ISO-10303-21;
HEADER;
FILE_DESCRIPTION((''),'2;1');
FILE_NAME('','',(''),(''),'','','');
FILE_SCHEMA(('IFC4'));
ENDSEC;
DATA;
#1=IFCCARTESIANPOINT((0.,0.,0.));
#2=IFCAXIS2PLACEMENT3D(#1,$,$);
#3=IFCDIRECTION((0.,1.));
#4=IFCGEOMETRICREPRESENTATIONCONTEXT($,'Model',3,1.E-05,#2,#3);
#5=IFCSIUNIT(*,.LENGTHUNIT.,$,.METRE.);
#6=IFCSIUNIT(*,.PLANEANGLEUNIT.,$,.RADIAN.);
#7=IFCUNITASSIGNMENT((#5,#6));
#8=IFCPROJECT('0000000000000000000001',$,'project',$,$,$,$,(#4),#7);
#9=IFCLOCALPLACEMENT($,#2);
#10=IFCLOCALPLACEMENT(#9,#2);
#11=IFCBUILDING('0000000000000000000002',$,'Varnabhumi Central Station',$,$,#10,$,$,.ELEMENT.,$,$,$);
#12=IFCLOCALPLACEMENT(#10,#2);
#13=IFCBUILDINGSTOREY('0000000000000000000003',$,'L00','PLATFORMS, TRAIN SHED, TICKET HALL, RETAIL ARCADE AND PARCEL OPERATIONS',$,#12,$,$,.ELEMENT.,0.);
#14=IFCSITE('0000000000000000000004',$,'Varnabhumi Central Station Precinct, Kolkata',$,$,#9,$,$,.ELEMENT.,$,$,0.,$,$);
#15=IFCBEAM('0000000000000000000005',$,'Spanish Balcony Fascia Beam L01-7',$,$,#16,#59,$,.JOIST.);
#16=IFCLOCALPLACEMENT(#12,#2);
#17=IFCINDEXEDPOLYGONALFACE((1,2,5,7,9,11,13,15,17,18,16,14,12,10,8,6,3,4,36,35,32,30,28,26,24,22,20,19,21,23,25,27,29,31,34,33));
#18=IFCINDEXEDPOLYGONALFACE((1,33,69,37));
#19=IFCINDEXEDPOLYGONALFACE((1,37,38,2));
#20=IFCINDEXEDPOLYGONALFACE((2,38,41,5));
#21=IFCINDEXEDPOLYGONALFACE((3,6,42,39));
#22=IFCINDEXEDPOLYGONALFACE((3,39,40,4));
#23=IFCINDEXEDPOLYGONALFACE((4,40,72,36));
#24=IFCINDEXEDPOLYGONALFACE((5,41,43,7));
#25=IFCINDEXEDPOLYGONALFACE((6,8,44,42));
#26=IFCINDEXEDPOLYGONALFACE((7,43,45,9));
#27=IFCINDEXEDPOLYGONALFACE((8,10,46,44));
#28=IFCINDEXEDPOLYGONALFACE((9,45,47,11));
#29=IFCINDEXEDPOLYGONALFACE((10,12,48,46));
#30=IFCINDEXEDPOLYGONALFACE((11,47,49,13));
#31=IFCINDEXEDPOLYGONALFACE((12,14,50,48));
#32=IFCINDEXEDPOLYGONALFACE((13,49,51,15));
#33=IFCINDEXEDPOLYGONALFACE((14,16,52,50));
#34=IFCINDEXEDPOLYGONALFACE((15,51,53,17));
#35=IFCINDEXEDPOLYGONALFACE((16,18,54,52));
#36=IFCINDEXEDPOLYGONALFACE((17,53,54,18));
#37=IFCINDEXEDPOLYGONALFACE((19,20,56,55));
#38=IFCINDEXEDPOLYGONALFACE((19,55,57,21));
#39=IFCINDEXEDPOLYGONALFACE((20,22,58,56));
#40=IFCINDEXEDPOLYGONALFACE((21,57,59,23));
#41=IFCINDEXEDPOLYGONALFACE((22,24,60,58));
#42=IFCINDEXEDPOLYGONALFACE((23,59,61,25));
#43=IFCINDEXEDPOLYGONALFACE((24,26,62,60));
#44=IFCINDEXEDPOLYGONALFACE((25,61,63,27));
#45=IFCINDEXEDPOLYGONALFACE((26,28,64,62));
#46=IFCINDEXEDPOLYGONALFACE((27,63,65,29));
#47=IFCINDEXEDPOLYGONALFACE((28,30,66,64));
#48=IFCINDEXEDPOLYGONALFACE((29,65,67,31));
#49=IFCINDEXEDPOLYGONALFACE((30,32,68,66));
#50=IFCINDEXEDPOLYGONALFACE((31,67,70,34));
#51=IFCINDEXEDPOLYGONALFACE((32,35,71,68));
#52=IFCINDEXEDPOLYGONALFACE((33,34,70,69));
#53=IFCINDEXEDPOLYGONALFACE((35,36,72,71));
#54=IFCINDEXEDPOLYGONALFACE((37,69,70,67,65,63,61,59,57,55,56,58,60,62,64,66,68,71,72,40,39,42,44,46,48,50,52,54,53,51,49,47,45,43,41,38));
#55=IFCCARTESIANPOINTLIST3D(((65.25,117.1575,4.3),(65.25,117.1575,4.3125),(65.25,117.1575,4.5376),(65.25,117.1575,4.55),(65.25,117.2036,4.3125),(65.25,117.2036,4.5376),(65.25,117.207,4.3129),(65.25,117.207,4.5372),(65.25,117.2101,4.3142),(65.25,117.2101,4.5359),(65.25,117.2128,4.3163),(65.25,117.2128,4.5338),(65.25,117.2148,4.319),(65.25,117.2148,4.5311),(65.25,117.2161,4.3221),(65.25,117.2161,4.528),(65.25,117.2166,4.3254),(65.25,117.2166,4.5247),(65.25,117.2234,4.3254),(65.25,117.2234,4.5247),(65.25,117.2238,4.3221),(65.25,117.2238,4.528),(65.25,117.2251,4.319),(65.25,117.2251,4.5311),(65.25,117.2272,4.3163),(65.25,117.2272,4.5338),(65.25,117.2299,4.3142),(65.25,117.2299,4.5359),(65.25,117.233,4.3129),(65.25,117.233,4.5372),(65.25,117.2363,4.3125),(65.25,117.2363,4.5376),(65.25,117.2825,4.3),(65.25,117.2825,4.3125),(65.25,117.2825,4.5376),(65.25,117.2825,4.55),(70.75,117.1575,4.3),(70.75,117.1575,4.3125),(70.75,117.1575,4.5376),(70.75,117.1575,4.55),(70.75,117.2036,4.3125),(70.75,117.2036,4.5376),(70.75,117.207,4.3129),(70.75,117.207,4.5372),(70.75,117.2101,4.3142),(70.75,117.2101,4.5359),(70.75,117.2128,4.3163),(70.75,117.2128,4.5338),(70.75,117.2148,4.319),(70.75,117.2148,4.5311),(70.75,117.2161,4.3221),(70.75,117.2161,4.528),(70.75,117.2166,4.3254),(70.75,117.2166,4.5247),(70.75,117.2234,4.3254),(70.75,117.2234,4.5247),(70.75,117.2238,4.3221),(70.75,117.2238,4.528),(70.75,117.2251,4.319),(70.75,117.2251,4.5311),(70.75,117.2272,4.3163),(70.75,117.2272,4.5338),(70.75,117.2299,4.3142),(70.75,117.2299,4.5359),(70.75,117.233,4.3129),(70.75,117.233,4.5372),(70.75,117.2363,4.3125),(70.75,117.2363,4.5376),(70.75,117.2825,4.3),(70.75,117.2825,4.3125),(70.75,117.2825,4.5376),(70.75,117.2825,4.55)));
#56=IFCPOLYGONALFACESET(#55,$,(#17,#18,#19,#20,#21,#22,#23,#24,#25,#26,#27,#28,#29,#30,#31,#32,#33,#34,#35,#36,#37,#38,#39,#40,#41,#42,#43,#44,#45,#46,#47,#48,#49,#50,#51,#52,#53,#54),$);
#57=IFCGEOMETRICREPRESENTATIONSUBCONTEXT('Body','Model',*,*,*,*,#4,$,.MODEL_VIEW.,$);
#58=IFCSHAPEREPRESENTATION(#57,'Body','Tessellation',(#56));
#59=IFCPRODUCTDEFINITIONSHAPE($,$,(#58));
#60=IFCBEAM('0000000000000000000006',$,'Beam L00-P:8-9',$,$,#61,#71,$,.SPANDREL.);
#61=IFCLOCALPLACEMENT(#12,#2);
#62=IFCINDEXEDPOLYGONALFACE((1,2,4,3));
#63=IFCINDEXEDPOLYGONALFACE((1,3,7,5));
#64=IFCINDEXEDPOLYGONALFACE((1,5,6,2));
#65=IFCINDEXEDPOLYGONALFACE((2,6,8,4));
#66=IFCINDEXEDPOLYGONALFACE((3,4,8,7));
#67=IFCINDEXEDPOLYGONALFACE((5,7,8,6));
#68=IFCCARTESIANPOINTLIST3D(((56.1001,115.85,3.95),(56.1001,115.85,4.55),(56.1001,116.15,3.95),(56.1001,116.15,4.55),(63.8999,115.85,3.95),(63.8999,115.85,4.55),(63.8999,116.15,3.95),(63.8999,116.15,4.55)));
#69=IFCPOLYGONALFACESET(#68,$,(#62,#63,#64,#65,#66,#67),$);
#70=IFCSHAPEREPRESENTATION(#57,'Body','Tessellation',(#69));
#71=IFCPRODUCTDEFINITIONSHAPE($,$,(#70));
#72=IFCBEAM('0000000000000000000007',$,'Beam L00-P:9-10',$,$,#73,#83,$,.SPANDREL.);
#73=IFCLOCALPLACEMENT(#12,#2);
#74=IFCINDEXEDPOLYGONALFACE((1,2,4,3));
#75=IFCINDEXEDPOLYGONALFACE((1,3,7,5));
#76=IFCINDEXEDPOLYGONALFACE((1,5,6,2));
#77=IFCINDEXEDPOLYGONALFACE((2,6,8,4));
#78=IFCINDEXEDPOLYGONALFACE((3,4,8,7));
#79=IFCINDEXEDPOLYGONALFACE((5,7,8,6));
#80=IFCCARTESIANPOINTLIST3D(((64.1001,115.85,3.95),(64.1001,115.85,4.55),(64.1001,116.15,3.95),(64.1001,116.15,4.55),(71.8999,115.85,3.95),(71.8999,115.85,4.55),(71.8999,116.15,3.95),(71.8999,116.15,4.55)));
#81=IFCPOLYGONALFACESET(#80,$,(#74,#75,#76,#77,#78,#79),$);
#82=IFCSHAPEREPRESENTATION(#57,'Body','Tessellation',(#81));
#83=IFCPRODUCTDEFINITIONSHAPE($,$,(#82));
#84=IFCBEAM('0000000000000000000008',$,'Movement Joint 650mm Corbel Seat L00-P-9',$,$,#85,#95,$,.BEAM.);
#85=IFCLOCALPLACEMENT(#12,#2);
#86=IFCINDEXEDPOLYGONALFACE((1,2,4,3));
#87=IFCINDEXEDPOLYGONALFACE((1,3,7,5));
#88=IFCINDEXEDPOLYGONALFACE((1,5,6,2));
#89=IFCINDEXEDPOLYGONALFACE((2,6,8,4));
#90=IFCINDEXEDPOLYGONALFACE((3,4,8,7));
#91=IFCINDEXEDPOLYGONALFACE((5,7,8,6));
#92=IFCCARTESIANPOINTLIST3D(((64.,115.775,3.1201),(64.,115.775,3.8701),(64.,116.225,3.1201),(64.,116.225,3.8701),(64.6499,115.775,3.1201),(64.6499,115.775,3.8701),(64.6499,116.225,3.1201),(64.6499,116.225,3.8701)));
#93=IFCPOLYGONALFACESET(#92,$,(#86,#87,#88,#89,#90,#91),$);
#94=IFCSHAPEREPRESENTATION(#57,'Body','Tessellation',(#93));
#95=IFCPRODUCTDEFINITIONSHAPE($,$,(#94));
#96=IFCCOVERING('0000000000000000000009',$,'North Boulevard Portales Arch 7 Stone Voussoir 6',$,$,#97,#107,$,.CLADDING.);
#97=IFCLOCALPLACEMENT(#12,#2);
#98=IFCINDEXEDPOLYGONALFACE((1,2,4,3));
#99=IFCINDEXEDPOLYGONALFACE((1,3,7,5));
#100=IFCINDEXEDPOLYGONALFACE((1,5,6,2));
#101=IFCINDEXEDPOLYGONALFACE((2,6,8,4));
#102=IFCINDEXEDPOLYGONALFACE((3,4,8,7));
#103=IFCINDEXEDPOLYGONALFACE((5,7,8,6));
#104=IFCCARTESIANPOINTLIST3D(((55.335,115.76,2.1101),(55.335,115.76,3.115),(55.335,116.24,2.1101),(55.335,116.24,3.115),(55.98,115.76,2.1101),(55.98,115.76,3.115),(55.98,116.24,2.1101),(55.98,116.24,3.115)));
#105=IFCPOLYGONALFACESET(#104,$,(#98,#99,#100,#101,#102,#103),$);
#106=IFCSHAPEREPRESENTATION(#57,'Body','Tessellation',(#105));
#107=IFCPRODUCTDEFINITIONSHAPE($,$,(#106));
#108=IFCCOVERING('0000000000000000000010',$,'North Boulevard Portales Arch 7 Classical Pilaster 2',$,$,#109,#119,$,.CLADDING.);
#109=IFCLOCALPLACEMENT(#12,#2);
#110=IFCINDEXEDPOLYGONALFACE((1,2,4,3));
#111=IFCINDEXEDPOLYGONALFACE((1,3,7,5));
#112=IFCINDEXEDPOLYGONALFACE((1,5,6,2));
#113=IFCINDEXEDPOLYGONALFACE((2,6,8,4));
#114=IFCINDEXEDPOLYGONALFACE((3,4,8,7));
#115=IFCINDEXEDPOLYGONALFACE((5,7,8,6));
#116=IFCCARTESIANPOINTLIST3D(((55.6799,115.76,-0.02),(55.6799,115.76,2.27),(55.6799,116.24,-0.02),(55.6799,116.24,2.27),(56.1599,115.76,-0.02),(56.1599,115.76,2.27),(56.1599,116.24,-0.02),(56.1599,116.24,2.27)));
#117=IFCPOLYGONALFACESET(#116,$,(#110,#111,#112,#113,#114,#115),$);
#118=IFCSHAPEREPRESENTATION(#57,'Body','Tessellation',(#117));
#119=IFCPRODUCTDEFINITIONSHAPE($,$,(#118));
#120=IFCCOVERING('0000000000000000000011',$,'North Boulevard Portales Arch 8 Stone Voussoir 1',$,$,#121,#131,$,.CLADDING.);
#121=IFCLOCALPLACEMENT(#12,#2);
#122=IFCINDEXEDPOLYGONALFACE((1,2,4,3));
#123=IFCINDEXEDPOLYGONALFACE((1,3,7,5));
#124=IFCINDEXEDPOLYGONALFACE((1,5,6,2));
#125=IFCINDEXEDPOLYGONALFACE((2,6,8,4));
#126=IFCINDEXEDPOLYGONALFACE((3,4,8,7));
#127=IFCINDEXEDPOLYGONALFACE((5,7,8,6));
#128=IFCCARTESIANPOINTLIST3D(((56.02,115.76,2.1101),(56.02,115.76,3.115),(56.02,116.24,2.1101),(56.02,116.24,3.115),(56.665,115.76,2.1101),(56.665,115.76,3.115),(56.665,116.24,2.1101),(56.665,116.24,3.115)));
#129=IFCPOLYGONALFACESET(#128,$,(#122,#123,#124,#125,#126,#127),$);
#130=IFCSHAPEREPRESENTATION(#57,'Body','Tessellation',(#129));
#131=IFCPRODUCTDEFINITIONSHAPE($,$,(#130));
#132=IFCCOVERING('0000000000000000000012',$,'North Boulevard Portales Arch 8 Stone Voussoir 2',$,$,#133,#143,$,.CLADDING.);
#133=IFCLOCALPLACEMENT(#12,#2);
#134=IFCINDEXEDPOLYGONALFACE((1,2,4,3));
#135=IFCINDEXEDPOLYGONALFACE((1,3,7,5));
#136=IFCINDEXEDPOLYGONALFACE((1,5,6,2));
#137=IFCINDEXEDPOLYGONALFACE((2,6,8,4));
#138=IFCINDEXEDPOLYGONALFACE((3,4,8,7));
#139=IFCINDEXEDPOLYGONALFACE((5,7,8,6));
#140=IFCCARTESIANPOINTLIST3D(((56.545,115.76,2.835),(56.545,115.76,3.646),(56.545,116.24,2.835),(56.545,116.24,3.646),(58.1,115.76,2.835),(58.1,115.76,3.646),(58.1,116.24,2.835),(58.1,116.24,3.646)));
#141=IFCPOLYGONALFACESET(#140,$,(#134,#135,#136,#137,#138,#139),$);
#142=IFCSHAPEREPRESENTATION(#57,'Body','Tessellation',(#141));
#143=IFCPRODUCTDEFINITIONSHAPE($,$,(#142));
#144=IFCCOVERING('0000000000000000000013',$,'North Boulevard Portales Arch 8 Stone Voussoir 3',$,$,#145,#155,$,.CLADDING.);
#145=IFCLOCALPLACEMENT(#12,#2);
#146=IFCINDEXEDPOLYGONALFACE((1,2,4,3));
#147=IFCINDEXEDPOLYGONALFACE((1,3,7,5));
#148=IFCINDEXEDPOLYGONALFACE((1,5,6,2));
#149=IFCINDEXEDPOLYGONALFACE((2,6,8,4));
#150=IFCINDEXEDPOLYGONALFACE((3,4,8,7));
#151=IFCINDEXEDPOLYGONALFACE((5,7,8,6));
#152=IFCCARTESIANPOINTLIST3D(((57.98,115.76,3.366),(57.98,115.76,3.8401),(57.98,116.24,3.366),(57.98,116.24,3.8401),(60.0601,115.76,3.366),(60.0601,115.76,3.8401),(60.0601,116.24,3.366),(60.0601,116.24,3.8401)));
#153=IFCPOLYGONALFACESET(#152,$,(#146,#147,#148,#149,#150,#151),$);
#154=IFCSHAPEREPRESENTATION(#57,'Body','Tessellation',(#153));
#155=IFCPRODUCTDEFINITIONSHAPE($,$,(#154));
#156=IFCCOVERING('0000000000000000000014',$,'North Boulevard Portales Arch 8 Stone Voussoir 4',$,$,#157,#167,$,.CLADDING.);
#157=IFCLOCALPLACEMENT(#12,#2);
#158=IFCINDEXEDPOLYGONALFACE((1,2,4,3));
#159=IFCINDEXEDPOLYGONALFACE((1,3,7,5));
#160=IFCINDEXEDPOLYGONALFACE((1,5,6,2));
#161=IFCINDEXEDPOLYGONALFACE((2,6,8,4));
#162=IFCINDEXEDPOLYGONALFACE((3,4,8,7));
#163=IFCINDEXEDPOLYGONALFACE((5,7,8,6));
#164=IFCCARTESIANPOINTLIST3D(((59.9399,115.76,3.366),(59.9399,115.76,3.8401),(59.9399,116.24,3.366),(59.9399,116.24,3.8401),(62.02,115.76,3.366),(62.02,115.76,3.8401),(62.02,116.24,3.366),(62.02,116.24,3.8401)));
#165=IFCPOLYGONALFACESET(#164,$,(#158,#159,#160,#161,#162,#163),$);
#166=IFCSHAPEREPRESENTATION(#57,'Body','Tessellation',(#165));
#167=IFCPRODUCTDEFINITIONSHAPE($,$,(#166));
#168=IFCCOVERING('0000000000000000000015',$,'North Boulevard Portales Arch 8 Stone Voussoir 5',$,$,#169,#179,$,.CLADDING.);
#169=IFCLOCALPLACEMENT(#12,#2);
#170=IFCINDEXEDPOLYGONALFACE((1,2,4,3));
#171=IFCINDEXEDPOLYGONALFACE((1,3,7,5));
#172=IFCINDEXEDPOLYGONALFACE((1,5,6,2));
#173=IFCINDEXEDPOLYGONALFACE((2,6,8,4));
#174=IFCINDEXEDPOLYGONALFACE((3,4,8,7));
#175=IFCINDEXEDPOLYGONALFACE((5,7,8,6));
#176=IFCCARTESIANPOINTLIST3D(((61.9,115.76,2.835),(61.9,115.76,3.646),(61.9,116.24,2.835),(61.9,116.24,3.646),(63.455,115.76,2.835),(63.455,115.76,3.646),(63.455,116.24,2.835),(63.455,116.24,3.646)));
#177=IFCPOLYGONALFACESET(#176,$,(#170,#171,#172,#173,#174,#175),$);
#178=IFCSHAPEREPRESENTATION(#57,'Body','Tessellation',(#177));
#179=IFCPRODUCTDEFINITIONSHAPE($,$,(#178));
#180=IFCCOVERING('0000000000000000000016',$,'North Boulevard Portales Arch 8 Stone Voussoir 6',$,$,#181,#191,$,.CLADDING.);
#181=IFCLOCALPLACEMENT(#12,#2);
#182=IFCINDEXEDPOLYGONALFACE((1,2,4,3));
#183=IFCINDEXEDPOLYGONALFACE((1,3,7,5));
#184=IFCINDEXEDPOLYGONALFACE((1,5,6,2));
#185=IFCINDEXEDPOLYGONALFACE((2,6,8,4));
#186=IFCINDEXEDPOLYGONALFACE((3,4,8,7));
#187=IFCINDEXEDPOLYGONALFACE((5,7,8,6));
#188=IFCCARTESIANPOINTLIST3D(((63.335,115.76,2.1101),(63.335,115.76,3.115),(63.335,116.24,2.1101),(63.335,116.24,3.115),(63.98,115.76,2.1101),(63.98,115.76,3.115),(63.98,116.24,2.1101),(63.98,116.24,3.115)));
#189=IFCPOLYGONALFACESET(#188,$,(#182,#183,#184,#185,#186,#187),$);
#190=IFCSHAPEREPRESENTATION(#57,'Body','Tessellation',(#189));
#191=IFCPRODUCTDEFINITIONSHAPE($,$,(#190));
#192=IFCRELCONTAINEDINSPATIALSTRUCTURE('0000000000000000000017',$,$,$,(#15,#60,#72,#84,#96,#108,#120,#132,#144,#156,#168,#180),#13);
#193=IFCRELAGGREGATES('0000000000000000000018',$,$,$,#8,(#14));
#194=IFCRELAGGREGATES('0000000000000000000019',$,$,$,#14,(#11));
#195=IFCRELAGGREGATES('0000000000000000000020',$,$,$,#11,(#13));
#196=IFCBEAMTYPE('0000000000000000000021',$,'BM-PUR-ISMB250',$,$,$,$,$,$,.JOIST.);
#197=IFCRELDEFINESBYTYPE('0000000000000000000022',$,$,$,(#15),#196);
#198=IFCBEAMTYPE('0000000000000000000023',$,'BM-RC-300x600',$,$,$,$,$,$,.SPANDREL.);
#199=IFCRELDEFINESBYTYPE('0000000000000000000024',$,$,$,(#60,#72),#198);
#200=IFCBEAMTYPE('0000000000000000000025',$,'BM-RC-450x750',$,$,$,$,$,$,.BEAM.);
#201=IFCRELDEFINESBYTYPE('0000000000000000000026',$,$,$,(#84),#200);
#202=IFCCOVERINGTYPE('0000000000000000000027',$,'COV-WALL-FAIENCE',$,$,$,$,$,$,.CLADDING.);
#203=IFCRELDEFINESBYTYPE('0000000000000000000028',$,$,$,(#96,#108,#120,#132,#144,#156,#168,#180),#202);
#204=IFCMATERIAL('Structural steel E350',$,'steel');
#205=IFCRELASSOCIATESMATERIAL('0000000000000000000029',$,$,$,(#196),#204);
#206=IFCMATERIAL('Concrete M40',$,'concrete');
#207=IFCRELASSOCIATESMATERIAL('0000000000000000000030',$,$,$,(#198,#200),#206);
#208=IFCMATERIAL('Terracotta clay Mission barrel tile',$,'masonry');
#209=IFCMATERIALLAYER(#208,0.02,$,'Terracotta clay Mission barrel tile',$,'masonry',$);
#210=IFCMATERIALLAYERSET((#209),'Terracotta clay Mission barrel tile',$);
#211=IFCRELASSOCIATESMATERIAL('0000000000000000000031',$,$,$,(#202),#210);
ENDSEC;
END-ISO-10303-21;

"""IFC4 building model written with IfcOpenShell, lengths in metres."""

from ifc_helpers import new_model, si_unit, direction, frame, origin, origin_2d, place, context, subcontext, project, spatial, rectangle, i_section, extrude, material, layer, layer_set, material_profile, profile_set, type_object, element, save


model = new_model("IFC4")

# Units and contexts
model_context = context("Model", 3, precision=1e-05, world=origin(), true_north=direction((0.0, 1.0)))
body_context = subcontext(model_context, "Body", "Model", "MODEL_VIEW")
ifc_project = project(units=[si_unit("LENGTHUNIT", "METRE"), si_unit("PLANEANGLEUNIT", "RADIAN")], contexts=[model_context])

# Site, building, storey
site_placement = place(None, origin())
site = spatial("IfcSite", under=ifc_project, at=site_placement, Name="Varnabhumi Central Station Precinct, Kolkata", CompositionType="ELEMENT", RefElevation=0.0)
building_placement = place(site_placement, origin())
building = spatial("IfcBuilding", under=site, at=building_placement, Name="Varnabhumi Central Station", CompositionType="ELEMENT")
storey_placement = place(building_placement, origin())
storey = spatial("IfcBuildingStorey", under=building, at=storey_placement, Name="L00", Description="PLATFORMS, TRAIN SHED, TICKET HALL, RETAIL ARCADE AND PARCEL OPERATIONS", CompositionType="ELEMENT", Elevation=0.0)

# Shared definitions
ifc_material_1 = material(Name="Concrete M40", Category="concrete")

# Shared definitions
ifc_material_2 = material(Name="Structural steel E350", Category="steel")

# Beams
ifc_material_profile_1 = material_profile(ifc_material_2, i_section(OverallWidth=0.125, OverallDepth=0.25, WebThickness=0.0068, FlangeThickness=0.0125, FilletRadius=0.0129, at=origin_2d()), Name="Structural steel E350", Category="steel")
ifc_profile_set_1 = profile_set([ifc_material_profile_1], Name="Structural steel E350")
beam_type_1 = type_object("IfcBeamType", Name="BM-PUR-ISMB250", PredefinedType="JOIST", material=ifc_profile_set_1)
beam_1_placement = place(storey_placement, frame((65.25, 117.22, 4.425), z_axis=(1.0, 0.0, 0.0), x_axis=(0.0, 1.0, 0.0)))
element("IfcBeam", 1, at=beam_1_placement, inside=storey, type_object=beam_type_1, Name="Spanish Balcony Fascia Beam L01-7", PredefinedType="JOIST", context=body_context, shape_type="SweptSolid", body=[
    extrude(i_section(OverallWidth=0.125, OverallDepth=0.25, WebThickness=0.0068, FlangeThickness=0.0125, FilletRadius=0.0129, at=origin_2d()), origin(), (0.0, 0.0, 1.0), 5.5),
])
ifc_material_profile_2 = material_profile(ifc_material_1, rectangle(XDim=0.3, YDim=0.6001, at=origin_2d()), Name="Concrete M40", Category="concrete")
ifc_profile_set_2 = profile_set([ifc_material_profile_2], Name="Concrete M40")
beam_type_2 = type_object("IfcBeamType", Name="BM-RC-300x600", PredefinedType="SPANDREL", material=ifc_profile_set_2)
for number, where, z_axis, x_axis, name in (
    (2, (56.1001, 116.0, 4.25), (1.0, 0.0, 0.0), (0.0, 1.0, 0.0), "Beam L00-P:8-9"),
    (3, (64.1001, 116.0, 4.25), (1.0, 0.0, 0.0), (0.0, 1.0, 0.0), "Beam L00-P:9-10"),
):
    element("IfcBeam", number, at=place(storey_placement, frame(where, z_axis=z_axis, x_axis=x_axis)), inside=storey, type_object=beam_type_2, Name=name, PredefinedType="SPANDREL", context=body_context, shape_type="SweptSolid", body=[
        extrude(rectangle(XDim=0.3, YDim=0.6001, at=origin_2d()), origin(), (0.0, 0.0, 1.0), 7.7998),
    ])
ifc_material_profile_3 = material_profile(ifc_material_1, rectangle(XDim=0.45, YDim=0.75, at=origin_2d()), Name="Concrete M40", Category="concrete")
ifc_profile_set_3 = profile_set([ifc_material_profile_3], Name="Concrete M40")
beam_type_3 = type_object("IfcBeamType", Name="BM-RC-450x750", PredefinedType="BEAM", material=ifc_profile_set_3)
beam_2_placement = place(storey_placement, frame((64.0, 116.0, 3.4951), z_axis=(1.0, 0.0, 0.0), x_axis=(0.0, 1.0, 0.0)))
element("IfcBeam", 4, at=beam_2_placement, inside=storey, type_object=beam_type_3, Name="Movement Joint 650mm Corbel Seat L00-P-9", PredefinedType="BEAM", context=body_context, shape_type="SweptSolid", body=[
    extrude(rectangle(XDim=0.45, YDim=0.75, at=origin_2d()), origin(), (0.0, 0.0, 1.0), 0.6499),
])

# Coverings
ifc_material_3 = material(Name="Terracotta clay Mission barrel tile", Category="masonry")
ifc_layer_1 = layer(ifc_material_3, 0.02, Name="Terracotta clay Mission barrel tile", Category="masonry")
ifc_layer_set_1 = layer_set([ifc_layer_1], Name="Terracotta clay Mission barrel tile")
covering_type = type_object("IfcCoveringType", Name="COV-WALL-FAIENCE", PredefinedType="CLADDING", material=ifc_layer_set_1)
covering_1_placement = place(storey_placement, frame((55.6575, 116.0, 2.1101), z_axis=(0.0, 0.0, 1.0), x_axis=(1.0, 0.0, 0.0)))
element("IfcCovering", 5, at=covering_1_placement, inside=storey, type_object=covering_type, Name="North Boulevard Portales Arch 7 Stone Voussoir 6", PredefinedType="CLADDING", context=body_context, shape_type="SweptSolid", body=[
    extrude(rectangle(XDim=0.645, YDim=0.48, at=origin_2d()), origin(), (0.0, 0.0, 1.0), 1.0049),
])
covering_2_placement = place(storey_placement, frame((55.9199, 116.0, -0.02), z_axis=(0.0, 0.0, 1.0), x_axis=(1.0, 0.0, 0.0)))
element("IfcCovering", 6, at=covering_2_placement, inside=storey, type_object=covering_type, Name="North Boulevard Portales Arch 7 Classical Pilaster 2", PredefinedType="CLADDING", context=body_context, shape_type="SweptSolid", body=[
    extrude(rectangle(XDim=0.48, YDim=0.48, at=origin_2d()), origin(), (0.0, 0.0, 1.0), 2.29),
])
covering_3_placement = place(storey_placement, frame((56.3425, 116.0, 2.1101), z_axis=(0.0, 0.0, 1.0), x_axis=(1.0, 0.0, 0.0)))
element("IfcCovering", 7, at=covering_3_placement, inside=storey, type_object=covering_type, Name="North Boulevard Portales Arch 8 Stone Voussoir 1", PredefinedType="CLADDING", context=body_context, shape_type="SweptSolid", body=[
    extrude(rectangle(XDim=0.645, YDim=0.48, at=origin_2d()), origin(), (0.0, 0.0, 1.0), 1.0049),
])
covering_4_placement = place(storey_placement, frame((57.3225, 116.0, 2.835), z_axis=(0.0, 0.0, 1.0), x_axis=(1.0, 0.0, 0.0)))
element("IfcCovering", 8, at=covering_4_placement, inside=storey, type_object=covering_type, Name="North Boulevard Portales Arch 8 Stone Voussoir 2", PredefinedType="CLADDING", context=body_context, shape_type="SweptSolid", body=[
    extrude(rectangle(XDim=1.5549, YDim=0.48, at=origin_2d()), origin(), (0.0, 0.0, 1.0), 0.811),
])
for number, where, z_axis, x_axis, name in (
    (9, (59.02, 116.0, 3.366), (0.0, 0.0, 1.0), (1.0, 0.0, 0.0), "North Boulevard Portales Arch 8 Stone Voussoir 3"),
    (10, (60.98, 116.0, 3.366), (0.0, 0.0, 1.0), (1.0, 0.0, 0.0), "North Boulevard Portales Arch 8 Stone Voussoir 4"),
):
    element("IfcCovering", number, at=place(storey_placement, frame(where, z_axis=z_axis, x_axis=x_axis)), inside=storey, type_object=covering_type, Name=name, PredefinedType="CLADDING", context=body_context, shape_type="SweptSolid", body=[
        extrude(rectangle(XDim=2.0801, YDim=0.48, at=origin_2d()), origin(), (0.0, 0.0, 1.0), 0.4741),
    ])
covering_5_placement = place(storey_placement, frame((62.6775, 116.0, 2.835), z_axis=(0.0, 0.0, 1.0), x_axis=(1.0, 0.0, 0.0)))
element("IfcCovering", 11, at=covering_5_placement, inside=storey, type_object=covering_type, Name="North Boulevard Portales Arch 8 Stone Voussoir 5", PredefinedType="CLADDING", context=body_context, shape_type="SweptSolid", body=[
    extrude(rectangle(XDim=1.5549, YDim=0.48, at=origin_2d()), origin(), (0.0, 0.0, 1.0), 0.811),
])
covering_6_placement = place(storey_placement, frame((63.6575, 116.0, 2.1101), z_axis=(0.0, 0.0, 1.0), x_axis=(1.0, 0.0, 0.0)))
element("IfcCovering", 12, at=covering_6_placement, inside=storey, type_object=covering_type, Name="North Boulevard Portales Arch 8 Stone Voussoir 6", PredefinedType="CLADDING", context=body_context, shape_type="SweptSolid", body=[
    extrude(rectangle(XDim=0.645, YDim=0.48, at=origin_2d()), origin(), (0.0, 0.0, 1.0), 1.0049),
])

save(model, "model.ifc")
